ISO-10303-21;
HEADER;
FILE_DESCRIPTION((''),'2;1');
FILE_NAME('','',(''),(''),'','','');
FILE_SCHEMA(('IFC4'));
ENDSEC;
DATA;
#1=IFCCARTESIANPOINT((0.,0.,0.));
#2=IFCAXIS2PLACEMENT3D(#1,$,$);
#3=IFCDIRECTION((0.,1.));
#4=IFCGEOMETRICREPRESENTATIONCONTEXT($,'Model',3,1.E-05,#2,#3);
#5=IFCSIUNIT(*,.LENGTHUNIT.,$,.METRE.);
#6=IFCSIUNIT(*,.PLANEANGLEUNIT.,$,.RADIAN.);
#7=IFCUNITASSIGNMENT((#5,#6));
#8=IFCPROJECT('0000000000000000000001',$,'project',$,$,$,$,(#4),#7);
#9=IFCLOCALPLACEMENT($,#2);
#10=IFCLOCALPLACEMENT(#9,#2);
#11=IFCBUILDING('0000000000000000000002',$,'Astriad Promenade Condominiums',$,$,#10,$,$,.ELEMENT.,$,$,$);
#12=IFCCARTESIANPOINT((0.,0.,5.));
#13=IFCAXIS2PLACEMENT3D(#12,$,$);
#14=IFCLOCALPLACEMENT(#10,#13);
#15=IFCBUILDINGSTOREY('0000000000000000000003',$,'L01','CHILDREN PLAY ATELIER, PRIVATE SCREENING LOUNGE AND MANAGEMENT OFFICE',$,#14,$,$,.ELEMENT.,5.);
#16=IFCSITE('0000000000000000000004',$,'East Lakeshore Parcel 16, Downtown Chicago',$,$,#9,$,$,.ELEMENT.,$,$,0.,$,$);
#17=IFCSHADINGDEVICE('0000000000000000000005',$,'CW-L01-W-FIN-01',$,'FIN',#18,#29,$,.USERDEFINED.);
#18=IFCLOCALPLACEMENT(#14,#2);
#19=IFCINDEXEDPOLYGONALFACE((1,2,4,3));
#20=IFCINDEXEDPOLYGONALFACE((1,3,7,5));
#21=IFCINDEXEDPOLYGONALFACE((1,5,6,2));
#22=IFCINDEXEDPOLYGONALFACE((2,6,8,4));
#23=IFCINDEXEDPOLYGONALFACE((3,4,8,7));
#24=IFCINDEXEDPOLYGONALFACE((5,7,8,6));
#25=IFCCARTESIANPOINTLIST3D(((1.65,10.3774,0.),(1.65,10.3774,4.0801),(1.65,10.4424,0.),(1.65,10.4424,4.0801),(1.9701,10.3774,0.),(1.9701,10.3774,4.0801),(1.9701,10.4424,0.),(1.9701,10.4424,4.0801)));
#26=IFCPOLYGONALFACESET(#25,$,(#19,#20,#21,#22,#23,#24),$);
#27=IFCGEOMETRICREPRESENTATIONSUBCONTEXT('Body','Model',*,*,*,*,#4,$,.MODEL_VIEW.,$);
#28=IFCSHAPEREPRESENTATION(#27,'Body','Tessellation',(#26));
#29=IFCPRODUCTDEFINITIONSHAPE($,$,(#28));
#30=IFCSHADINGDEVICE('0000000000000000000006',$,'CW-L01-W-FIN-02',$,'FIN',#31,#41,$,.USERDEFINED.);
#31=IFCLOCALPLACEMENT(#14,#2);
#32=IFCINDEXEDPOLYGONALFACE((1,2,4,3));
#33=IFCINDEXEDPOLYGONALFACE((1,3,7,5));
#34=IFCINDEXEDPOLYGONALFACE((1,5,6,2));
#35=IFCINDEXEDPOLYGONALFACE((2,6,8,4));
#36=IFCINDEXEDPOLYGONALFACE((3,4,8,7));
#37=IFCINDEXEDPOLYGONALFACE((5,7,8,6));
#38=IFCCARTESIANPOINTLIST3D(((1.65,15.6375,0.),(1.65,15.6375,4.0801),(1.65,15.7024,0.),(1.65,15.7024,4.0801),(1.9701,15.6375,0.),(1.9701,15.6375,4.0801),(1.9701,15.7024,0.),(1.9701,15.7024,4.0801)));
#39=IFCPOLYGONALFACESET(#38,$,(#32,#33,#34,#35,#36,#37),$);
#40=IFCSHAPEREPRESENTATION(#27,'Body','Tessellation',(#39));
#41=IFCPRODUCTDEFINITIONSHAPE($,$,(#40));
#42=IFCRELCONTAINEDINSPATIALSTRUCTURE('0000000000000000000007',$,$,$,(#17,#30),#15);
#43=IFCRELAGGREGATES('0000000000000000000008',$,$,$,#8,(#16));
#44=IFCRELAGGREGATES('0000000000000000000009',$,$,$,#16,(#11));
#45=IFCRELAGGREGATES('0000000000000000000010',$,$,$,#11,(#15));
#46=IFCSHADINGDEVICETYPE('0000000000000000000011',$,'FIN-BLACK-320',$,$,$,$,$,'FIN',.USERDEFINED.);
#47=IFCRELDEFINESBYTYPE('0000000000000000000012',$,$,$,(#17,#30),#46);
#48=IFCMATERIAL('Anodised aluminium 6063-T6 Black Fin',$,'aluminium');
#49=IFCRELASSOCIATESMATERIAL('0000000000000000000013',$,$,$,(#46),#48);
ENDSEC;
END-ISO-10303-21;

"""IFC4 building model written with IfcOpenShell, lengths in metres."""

from ifc_helpers import new_model, si_unit, direction, frame, origin, origin_2d, place, context, subcontext, project, spatial, rectangle, extrude, source, transform, mapped, material, type_object, type_shapes, element, save


model = new_model("IFC4")

# Units and contexts
model_context = context("Model", 3, precision=1e-05, world=origin(), true_north=direction((0.0, 1.0)))
body_context = subcontext(model_context, "Body", "Model", "MODEL_VIEW")
ifc_project = project(units=[si_unit("LENGTHUNIT", "METRE"), si_unit("PLANEANGLEUNIT", "RADIAN")], contexts=[model_context])

# Site, building, storey
site_placement = place(None, origin())
site = spatial("IfcSite", under=ifc_project, at=site_placement, Name="East Lakeshore Parcel 16, Downtown Chicago", CompositionType="ELEMENT", RefElevation=0.0)
building_placement = place(site_placement, origin())
building = spatial("IfcBuilding", under=site, at=building_placement, Name="Astriad Promenade Condominiums", CompositionType="ELEMENT")
storey_placement = place(building_placement, frame((0.0, 0.0, 5.0)))
storey = spatial("IfcBuildingStorey", under=building, at=storey_placement, Name="L01", Description="CHILDREN PLAY ATELIER, PRIVATE SCREENING LOUNGE AND MANAGEMENT OFFICE", CompositionType="ELEMENT", Elevation=5.0)

# Shading devices
ifc_material_1 = material(Name="Anodised aluminium 6063-T6 Black Fin", Category="aluminium")
shading_device_type = type_object("IfcShadingDeviceType", Name="FIN-BLACK-320", ElementType="FIN", PredefinedType="USERDEFINED", material=ifc_material_1)
shared_shape_1 = source(origin(), body_context, "Body", "SweptSolid", [
    extrude(rectangle(XDim=0.0649, YDim=0.3201, at=origin_2d()), origin(), (0.0, 0.0, 1.0), 4.0801),
])
type_shapes(shading_device_type, [shared_shape_1])
for number, where, z_axis, x_axis, name in (
    (1, (1.8101, 10.4099, 0.0), (0.0, 0.0, 1.0), (0.0, 1.0, 0.0), "CW-L01-W-FIN-01"),
    (2, (1.8101, 15.6699, 0.0), (0.0, 0.0, 1.0), (0.0, 1.0, 0.0), "CW-L01-W-FIN-02"),
):
    element("IfcShadingDevice", number, at=place(storey_placement, frame(where, z_axis=z_axis, x_axis=x_axis)), inside=storey, type_object=shading_device_type, Name=name, ObjectType="FIN", PredefinedType="USERDEFINED", context=body_context, shape_type="MappedRepresentation", body=[
        mapped(shared_shape_1, transform((0.0, 0.0, 0.0), scale=1.0)),
    ])

save(model, "model.ifc")
